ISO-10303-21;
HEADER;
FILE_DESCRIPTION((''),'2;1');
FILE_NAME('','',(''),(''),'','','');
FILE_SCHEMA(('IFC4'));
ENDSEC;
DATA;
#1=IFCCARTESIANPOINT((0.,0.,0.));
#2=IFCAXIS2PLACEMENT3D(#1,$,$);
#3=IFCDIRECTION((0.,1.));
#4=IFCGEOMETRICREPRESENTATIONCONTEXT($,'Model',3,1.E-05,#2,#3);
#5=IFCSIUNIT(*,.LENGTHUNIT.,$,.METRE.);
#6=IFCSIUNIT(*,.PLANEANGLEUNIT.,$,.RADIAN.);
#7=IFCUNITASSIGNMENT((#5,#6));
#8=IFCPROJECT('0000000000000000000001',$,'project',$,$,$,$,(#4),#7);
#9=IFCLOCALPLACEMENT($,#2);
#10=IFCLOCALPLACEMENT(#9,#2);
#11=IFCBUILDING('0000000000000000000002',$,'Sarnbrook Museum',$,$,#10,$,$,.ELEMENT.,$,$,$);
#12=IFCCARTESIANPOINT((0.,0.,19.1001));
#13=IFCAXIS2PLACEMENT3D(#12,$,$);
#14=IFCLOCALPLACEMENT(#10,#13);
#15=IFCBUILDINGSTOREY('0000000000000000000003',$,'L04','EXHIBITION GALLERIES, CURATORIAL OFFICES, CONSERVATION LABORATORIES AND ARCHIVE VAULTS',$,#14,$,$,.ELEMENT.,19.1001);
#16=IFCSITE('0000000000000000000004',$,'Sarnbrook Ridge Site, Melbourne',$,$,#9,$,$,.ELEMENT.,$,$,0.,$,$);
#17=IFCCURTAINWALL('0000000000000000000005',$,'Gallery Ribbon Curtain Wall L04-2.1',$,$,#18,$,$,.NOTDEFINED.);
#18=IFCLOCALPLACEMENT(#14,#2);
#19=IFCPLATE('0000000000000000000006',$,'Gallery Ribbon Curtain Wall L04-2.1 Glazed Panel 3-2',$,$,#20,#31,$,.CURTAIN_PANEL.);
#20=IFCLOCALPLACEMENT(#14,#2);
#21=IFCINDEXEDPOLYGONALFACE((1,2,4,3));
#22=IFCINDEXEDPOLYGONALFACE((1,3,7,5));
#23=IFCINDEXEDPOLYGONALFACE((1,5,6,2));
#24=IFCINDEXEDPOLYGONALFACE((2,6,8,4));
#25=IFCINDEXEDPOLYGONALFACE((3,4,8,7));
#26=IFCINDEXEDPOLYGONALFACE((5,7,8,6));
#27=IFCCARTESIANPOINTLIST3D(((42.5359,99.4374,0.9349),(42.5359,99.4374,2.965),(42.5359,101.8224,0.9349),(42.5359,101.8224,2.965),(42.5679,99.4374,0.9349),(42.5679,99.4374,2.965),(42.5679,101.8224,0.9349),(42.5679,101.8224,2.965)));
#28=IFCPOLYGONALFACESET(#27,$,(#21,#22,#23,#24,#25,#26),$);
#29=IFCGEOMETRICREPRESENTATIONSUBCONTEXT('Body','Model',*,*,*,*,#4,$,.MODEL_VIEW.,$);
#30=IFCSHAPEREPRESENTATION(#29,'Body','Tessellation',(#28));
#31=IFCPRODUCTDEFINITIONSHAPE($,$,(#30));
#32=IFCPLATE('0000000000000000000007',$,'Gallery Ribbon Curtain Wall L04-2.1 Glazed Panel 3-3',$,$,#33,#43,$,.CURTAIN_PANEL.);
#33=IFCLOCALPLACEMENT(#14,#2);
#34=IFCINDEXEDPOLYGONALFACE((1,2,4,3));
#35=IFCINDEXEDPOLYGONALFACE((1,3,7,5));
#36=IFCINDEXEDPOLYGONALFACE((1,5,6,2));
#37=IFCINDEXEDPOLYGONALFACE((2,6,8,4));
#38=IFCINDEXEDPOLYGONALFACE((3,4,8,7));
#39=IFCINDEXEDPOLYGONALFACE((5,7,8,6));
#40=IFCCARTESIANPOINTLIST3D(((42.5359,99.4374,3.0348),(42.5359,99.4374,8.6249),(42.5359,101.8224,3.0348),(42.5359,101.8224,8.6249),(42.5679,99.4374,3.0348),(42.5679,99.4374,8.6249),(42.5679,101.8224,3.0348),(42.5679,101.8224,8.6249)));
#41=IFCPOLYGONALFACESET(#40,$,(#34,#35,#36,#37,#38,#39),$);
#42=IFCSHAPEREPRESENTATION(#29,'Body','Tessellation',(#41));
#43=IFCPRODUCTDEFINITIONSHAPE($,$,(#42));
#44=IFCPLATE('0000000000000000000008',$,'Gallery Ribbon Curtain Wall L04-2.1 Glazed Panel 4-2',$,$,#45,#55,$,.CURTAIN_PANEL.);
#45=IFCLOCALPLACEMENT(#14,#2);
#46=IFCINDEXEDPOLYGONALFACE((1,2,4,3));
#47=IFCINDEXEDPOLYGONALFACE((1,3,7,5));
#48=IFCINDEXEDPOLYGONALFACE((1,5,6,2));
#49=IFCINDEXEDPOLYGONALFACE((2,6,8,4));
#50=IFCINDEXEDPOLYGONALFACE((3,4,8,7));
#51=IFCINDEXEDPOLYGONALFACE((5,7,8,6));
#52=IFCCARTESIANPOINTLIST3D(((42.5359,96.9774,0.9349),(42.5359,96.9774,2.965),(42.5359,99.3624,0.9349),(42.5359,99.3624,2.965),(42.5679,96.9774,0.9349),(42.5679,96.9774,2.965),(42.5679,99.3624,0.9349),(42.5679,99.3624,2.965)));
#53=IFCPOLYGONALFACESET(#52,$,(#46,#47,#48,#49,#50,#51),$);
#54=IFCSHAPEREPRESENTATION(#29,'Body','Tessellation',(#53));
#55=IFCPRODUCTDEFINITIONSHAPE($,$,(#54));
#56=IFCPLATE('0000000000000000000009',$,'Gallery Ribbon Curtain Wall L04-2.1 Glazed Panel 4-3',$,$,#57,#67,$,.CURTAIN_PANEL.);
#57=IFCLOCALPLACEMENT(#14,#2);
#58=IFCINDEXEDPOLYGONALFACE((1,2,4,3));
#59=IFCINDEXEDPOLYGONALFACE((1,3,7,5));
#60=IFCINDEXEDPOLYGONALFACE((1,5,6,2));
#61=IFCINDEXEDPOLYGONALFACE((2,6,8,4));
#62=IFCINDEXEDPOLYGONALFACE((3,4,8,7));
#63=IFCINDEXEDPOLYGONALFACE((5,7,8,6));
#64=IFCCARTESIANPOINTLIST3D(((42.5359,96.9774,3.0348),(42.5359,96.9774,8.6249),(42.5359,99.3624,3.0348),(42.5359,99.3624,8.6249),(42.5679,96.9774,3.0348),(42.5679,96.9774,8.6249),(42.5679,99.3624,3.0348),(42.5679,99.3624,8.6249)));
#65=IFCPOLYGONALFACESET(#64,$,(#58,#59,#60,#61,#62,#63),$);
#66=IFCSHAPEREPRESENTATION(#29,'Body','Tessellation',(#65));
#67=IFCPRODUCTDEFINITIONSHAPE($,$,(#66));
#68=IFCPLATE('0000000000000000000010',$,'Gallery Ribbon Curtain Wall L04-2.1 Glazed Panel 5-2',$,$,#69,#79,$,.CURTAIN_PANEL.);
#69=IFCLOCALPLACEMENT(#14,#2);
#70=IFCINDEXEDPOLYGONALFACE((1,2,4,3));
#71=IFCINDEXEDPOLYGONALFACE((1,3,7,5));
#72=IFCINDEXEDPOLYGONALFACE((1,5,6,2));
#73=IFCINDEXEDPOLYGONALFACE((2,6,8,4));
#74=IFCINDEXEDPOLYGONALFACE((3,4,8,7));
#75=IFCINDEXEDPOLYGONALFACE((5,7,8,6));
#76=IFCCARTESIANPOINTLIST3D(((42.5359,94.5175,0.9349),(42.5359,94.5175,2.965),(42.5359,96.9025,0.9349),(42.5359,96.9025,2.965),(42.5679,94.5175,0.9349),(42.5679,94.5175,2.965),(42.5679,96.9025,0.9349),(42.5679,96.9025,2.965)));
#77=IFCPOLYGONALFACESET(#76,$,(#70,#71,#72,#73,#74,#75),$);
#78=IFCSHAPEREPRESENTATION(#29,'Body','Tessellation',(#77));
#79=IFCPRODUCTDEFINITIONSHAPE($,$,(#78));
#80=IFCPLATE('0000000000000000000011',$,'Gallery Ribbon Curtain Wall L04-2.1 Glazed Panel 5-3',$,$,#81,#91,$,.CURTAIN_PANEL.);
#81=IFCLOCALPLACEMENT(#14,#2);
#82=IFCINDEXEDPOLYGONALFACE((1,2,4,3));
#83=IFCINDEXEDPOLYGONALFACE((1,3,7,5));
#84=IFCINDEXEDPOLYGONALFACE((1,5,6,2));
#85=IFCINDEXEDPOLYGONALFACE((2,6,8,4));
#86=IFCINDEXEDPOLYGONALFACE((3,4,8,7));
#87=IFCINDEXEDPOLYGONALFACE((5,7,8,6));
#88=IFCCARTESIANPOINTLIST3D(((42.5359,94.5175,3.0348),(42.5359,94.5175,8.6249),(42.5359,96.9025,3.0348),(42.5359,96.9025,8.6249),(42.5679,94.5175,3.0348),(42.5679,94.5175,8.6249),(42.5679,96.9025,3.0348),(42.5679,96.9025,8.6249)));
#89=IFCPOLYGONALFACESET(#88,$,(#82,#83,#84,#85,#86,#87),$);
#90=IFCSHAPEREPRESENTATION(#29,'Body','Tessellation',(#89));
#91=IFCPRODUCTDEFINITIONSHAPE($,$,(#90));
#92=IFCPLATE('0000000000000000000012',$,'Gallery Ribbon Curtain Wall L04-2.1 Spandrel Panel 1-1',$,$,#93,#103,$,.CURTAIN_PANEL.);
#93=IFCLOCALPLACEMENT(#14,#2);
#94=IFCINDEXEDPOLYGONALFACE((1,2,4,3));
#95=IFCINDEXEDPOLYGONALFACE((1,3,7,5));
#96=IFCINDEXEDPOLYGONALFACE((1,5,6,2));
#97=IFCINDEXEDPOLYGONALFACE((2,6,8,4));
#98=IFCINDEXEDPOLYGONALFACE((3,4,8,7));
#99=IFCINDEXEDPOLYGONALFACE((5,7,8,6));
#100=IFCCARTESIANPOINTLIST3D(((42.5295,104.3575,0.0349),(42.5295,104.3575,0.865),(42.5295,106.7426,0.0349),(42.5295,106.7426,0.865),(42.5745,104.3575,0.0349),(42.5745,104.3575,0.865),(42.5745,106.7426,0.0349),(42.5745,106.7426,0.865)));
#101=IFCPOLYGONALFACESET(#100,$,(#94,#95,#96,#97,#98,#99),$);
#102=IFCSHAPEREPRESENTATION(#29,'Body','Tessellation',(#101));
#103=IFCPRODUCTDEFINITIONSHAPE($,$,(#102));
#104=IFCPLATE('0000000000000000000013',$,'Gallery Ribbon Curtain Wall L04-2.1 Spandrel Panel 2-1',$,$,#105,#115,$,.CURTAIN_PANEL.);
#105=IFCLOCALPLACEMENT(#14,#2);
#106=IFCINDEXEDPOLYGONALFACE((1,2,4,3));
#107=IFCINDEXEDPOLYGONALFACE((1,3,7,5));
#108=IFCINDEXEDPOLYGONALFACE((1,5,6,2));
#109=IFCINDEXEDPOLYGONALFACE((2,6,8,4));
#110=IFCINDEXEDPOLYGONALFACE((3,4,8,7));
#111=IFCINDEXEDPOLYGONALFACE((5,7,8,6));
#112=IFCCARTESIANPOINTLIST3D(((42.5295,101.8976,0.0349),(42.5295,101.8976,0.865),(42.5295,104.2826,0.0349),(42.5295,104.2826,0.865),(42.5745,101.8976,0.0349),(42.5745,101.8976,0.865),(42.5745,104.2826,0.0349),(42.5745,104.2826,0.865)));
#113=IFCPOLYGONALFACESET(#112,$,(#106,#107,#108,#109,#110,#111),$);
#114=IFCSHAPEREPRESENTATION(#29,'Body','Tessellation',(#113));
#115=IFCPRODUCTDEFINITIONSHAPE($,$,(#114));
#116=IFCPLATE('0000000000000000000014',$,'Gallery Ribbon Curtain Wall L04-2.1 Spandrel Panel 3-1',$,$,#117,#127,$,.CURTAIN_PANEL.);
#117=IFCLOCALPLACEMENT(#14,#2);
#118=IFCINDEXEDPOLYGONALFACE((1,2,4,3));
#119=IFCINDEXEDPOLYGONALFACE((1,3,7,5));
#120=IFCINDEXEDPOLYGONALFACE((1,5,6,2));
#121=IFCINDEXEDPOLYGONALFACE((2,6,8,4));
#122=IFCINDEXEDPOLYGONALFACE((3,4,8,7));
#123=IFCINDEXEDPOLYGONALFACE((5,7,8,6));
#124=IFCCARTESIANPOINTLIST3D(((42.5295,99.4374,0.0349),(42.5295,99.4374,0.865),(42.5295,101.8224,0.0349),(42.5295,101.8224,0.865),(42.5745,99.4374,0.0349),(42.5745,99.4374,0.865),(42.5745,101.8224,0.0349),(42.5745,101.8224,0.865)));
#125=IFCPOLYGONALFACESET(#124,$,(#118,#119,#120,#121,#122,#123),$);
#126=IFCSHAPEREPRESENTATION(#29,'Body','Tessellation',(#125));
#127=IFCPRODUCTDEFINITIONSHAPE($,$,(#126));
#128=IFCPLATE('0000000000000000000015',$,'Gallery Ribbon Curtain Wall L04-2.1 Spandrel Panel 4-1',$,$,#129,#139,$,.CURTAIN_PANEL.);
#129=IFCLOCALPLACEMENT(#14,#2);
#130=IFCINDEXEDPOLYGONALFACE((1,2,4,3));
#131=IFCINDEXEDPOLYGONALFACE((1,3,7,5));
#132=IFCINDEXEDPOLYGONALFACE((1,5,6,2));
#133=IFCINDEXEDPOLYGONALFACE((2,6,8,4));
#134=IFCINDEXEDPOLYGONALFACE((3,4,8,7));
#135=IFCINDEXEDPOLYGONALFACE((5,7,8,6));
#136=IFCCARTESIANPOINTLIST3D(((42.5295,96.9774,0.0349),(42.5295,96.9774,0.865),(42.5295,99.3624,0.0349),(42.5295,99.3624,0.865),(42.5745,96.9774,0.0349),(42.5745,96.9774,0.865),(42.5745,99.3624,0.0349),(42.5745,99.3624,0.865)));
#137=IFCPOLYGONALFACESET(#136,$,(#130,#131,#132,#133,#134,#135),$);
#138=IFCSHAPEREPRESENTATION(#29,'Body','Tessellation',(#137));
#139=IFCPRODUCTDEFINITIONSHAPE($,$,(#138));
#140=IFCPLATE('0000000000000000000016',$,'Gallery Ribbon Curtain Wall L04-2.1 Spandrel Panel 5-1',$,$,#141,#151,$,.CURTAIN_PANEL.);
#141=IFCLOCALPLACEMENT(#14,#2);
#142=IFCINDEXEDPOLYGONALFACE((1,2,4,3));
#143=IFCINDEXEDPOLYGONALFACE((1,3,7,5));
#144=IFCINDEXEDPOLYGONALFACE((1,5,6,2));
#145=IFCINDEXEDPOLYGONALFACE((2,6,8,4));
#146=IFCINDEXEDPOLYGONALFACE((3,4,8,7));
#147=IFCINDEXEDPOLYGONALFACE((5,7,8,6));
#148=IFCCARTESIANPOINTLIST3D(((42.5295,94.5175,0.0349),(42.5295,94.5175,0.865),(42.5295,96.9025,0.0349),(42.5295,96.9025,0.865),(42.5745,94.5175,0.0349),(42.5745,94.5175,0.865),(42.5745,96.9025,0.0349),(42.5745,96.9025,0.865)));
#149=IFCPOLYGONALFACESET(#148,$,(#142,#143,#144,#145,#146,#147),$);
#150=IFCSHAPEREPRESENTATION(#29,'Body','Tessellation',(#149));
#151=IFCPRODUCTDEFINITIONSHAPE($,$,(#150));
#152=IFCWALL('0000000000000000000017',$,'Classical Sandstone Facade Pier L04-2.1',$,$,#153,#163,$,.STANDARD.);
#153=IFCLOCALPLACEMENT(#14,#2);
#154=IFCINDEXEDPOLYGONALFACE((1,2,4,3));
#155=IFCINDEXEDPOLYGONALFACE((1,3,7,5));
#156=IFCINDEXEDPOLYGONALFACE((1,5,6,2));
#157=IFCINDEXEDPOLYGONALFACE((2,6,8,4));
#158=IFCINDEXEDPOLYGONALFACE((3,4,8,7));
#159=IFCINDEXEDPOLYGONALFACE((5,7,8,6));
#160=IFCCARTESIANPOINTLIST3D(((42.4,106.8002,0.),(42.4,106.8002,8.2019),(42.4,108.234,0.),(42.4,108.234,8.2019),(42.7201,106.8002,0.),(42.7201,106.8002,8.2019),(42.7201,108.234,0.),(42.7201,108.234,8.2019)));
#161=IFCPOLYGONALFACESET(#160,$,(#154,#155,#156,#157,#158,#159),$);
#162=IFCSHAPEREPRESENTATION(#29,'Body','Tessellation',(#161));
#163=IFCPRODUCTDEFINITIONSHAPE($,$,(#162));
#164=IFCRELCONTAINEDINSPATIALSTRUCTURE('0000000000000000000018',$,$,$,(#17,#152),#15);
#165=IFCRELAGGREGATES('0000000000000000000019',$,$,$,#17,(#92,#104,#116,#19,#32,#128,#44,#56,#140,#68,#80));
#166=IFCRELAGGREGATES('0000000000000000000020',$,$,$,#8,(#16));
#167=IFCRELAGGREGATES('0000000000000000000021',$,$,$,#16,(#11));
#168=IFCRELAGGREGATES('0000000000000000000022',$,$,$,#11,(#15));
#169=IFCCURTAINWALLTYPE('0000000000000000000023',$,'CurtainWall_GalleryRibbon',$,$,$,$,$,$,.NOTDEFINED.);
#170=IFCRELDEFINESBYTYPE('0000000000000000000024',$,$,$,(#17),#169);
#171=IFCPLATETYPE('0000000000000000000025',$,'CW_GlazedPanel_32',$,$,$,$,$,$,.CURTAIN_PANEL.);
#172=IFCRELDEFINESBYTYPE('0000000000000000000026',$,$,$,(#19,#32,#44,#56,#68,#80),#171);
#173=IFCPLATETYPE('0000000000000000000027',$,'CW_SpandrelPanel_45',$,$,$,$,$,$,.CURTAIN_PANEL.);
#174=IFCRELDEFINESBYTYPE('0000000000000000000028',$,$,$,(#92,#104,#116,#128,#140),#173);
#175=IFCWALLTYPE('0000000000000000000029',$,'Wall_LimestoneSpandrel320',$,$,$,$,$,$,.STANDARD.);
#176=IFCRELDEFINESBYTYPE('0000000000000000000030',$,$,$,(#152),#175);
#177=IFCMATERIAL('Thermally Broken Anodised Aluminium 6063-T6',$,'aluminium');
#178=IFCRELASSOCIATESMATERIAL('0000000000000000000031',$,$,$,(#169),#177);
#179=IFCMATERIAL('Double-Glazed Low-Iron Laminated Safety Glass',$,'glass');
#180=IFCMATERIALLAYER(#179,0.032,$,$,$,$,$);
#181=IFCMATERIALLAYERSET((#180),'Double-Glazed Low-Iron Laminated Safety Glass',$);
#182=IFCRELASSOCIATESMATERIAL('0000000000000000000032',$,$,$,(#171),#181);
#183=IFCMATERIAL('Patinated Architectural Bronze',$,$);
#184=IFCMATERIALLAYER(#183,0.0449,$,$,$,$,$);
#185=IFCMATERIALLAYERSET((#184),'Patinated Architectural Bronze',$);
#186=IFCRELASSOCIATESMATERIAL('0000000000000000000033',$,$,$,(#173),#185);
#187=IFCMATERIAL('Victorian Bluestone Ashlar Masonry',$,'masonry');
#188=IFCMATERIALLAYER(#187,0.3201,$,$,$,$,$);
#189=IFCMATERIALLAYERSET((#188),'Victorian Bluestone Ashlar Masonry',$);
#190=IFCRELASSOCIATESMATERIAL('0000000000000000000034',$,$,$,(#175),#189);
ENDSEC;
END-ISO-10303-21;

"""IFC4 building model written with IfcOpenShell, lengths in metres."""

from ifc_helpers import new_model, si_unit, direction, frame, frame_2d, origin, origin_2d, place, context, subcontext, project, spatial, rectangle, extrude, material, layer, layer_set, type_object, element, aggregate, save


model = new_model("IFC4")

# Units and contexts
model_context = context("Model", 3, precision=1e-05, world=origin(), true_north=direction((0.0, 1.0)))
body_context = subcontext(model_context, "Body", "Model", "MODEL_VIEW")
ifc_project = project(units=[si_unit("LENGTHUNIT", "METRE"), si_unit("PLANEANGLEUNIT", "RADIAN")], contexts=[model_context])

# Site, building, storey
site_placement = place(None, origin())
site = spatial("IfcSite", under=ifc_project, at=site_placement, Name="Sarnbrook Ridge Site, Melbourne", CompositionType="ELEMENT", RefElevation=0.0)
building_placement = place(site_placement, origin())
building = spatial("IfcBuilding", under=site, at=building_placement, Name="Sarnbrook Museum", CompositionType="ELEMENT")
storey_placement = place(building_placement, frame((0.0, 0.0, 19.1001)))
storey = spatial("IfcBuildingStorey", under=building, at=storey_placement, Name="L04", Description="EXHIBITION GALLERIES, CURATORIAL OFFICES, CONSERVATION LABORATORIES AND ARCHIVE VAULTS", CompositionType="ELEMENT", Elevation=19.1001)

# Curtain wall
ifc_material_1 = material(Name="Thermally Broken Anodised Aluminium 6063-T6", Category="aluminium")
curtain_wall_type = type_object("IfcCurtainWallType", Name="CurtainWall_GalleryRibbon", PredefinedType="NOTDEFINED", material=ifc_material_1)
curtain_wall_placement = place(storey_placement, origin())
curtain_wall = element("IfcCurtainWall", 1, at=curtain_wall_placement, inside=storey, type_object=curtain_wall_type, Name="Gallery Ribbon Curtain Wall L04-2.1", PredefinedType="NOTDEFINED")

# Plates
ifc_material_2 = material(Name="Double-Glazed Low-Iron Laminated Safety Glass", Category="glass")
ifc_layer_1 = layer(ifc_material_2, 0.032)
ifc_layer_set_1 = layer_set([ifc_layer_1], Name="Double-Glazed Low-Iron Laminated Safety Glass")
plate_type_1 = type_object("IfcPlateType", Name="CW_GlazedPanel_32", PredefinedType="CURTAIN_PANEL", material=ifc_layer_set_1)
plate_1_placement = place(storey_placement, frame((42.5679, 100.6299, 1.95), z_axis=(-1.0, 0.0, 0.0), x_axis=(0.0, -1.0, 0.0)))
plate_1 = element("IfcPlate", 2, at=plate_1_placement, type_object=plate_type_1, Name="Gallery Ribbon Curtain Wall L04-2.1 Glazed Panel 3-2", PredefinedType="CURTAIN_PANEL", context=body_context, shape_type="SweptSolid", body=[
    extrude(rectangle(XDim=2.385, YDim=2.03, at=origin_2d()), origin(), (0.0, 0.0, 1.0), 0.032),
])
plate_2_placement = place(storey_placement, frame((42.5679, 100.6299, 5.8298), z_axis=(-1.0, 0.0, 0.0), x_axis=(0.0, -1.0, 0.0)))
plate_2 = element("IfcPlate", 3, at=plate_2_placement, type_object=plate_type_1, Name="Gallery Ribbon Curtain Wall L04-2.1 Glazed Panel 3-3", PredefinedType="CURTAIN_PANEL", context=body_context, shape_type="SweptSolid", body=[
    extrude(rectangle(XDim=2.385, YDim=5.5901, at=origin_2d()), origin(), (0.0, 0.0, 1.0), 0.032),
])
plate_3_placement = place(storey_placement, frame((42.5679, 98.1699, 1.95), z_axis=(-1.0, 0.0, 0.0), x_axis=(0.0, -1.0, 0.0)))
plate_3 = element("IfcPlate", 4, at=plate_3_placement, type_object=plate_type_1, Name="Gallery Ribbon Curtain Wall L04-2.1 Glazed Panel 4-2", PredefinedType="CURTAIN_PANEL", context=body_context, shape_type="SweptSolid", body=[
    extrude(rectangle(XDim=2.385, YDim=2.03, at=origin_2d()), origin(), (0.0, 0.0, 1.0), 0.032),
])
plate_4_placement = place(storey_placement, frame((42.5679, 98.1699, 5.8298), z_axis=(-1.0, 0.0, 0.0), x_axis=(0.0, -1.0, 0.0)))
plate_4 = element("IfcPlate", 5, at=plate_4_placement, type_object=plate_type_1, Name="Gallery Ribbon Curtain Wall L04-2.1 Glazed Panel 4-3", PredefinedType="CURTAIN_PANEL", context=body_context, shape_type="SweptSolid", body=[
    extrude(rectangle(XDim=2.385, YDim=5.5901, at=origin_2d()), origin(), (0.0, 0.0, 1.0), 0.032),
])
plate_5_placement = place(storey_placement, frame((42.5679, 95.71, 1.95), z_axis=(-1.0, 0.0, 0.0), x_axis=(0.0, -1.0, 0.0)))
plate_5 = element("IfcPlate", 6, at=plate_5_placement, type_object=plate_type_1, Name="Gallery Ribbon Curtain Wall L04-2.1 Glazed Panel 5-2", PredefinedType="CURTAIN_PANEL", context=body_context, shape_type="SweptSolid", body=[
    extrude(rectangle(XDim=2.385, YDim=2.03, at=origin_2d()), origin(), (0.0, 0.0, 1.0), 0.032),
])
plate_6_placement = place(storey_placement, frame((42.5679, 95.71, 5.8298), z_axis=(-1.0, 0.0, 0.0), x_axis=(0.0, -1.0, 0.0)))
plate_6 = element("IfcPlate", 7, at=plate_6_placement, type_object=plate_type_1, Name="Gallery Ribbon Curtain Wall L04-2.1 Glazed Panel 5-3", PredefinedType="CURTAIN_PANEL", context=body_context, shape_type="SweptSolid", body=[
    extrude(rectangle(XDim=2.385, YDim=5.5901, at=origin_2d()), origin(), (0.0, 0.0, 1.0), 0.032),
])
ifc_material_3 = material(Name="Patinated Architectural Bronze")
ifc_layer_2 = layer(ifc_material_3, 0.0449)
ifc_layer_set_2 = layer_set([ifc_layer_2], Name="Patinated Architectural Bronze")
plate_type_2 = type_object("IfcPlateType", Name="CW_SpandrelPanel_45", PredefinedType="CURTAIN_PANEL", material=ifc_layer_set_2)
plate_7_placement = place(storey_placement, frame((42.5745, 105.55, 0.45), z_axis=(-1.0, 0.0, 0.0), x_axis=(0.0, -1.0, 0.0)))
plate_7 = element("IfcPlate", 8, at=plate_7_placement, type_object=plate_type_2, Name="Gallery Ribbon Curtain Wall L04-2.1 Spandrel Panel 1-1", PredefinedType="CURTAIN_PANEL", context=body_context, shape_type="SweptSolid", body=[
    extrude(rectangle(XDim=2.385, YDim=0.8301, at=origin_2d()), origin(), (0.0, 0.0, 1.0), 0.0449),
])
plate_8_placement = place(storey_placement, frame((42.5745, 103.0901, 0.45), z_axis=(-1.0, 0.0, 0.0), x_axis=(0.0, -1.0, 0.0)))
plate_8 = element("IfcPlate", 9, at=plate_8_placement, type_object=plate_type_2, Name="Gallery Ribbon Curtain Wall L04-2.1 Spandrel Panel 2-1", PredefinedType="CURTAIN_PANEL", context=body_context, shape_type="SweptSolid", body=[
    extrude(rectangle(XDim=2.385, YDim=0.8301, at=origin_2d()), origin(), (0.0, 0.0, 1.0), 0.0449),
])
plate_9_placement = place(storey_placement, frame((42.5745, 100.6299, 0.45), z_axis=(-1.0, 0.0, 0.0), x_axis=(0.0, -1.0, 0.0)))
plate_9 = element("IfcPlate", 10, at=plate_9_placement, type_object=plate_type_2, Name="Gallery Ribbon Curtain Wall L04-2.1 Spandrel Panel 3-1", PredefinedType="CURTAIN_PANEL", context=body_context, shape_type="SweptSolid", body=[
    extrude(rectangle(XDim=2.385, YDim=0.8301, at=origin_2d()), origin(), (0.0, 0.0, 1.0), 0.0449),
])
plate_10_placement = place(storey_placement, frame((42.5745, 98.1699, 0.45), z_axis=(-1.0, 0.0, 0.0), x_axis=(0.0, -1.0, 0.0)))
plate_10 = element("IfcPlate", 11, at=plate_10_placement, type_object=plate_type_2, Name="Gallery Ribbon Curtain Wall L04-2.1 Spandrel Panel 4-1", PredefinedType="CURTAIN_PANEL", context=body_context, shape_type="SweptSolid", body=[
    extrude(rectangle(XDim=2.385, YDim=0.8301, at=origin_2d()), origin(), (0.0, 0.0, 1.0), 0.0449),
])
plate_11_placement = place(storey_placement, frame((42.5745, 95.71, 0.45), z_axis=(-1.0, 0.0, 0.0), x_axis=(0.0, -1.0, 0.0)))
plate_11 = element("IfcPlate", 12, at=plate_11_placement, type_object=plate_type_2, Name="Gallery Ribbon Curtain Wall L04-2.1 Spandrel Panel 5-1", PredefinedType="CURTAIN_PANEL", context=body_context, shape_type="SweptSolid", body=[
    extrude(rectangle(XDim=2.385, YDim=0.8301, at=origin_2d()), origin(), (0.0, 0.0, 1.0), 0.0449),
])
aggregate(curtain_wall, [plate_7, plate_8, plate_9, plate_1, plate_2, plate_10, plate_3, plate_4, plate_11, plate_5, plate_6])

# Wall
ifc_material_4 = material(Name="Victorian Bluestone Ashlar Masonry", Category="masonry")
ifc_layer_3 = layer(ifc_material_4, 0.3201)
ifc_layer_set_3 = layer_set([ifc_layer_3], Name="Victorian Bluestone Ashlar Masonry")
wall_type = type_object("IfcWallType", Name="Wall_LimestoneSpandrel320", PredefinedType="STANDARD", material=ifc_layer_set_3)
wall_placement = place(storey_placement, frame((42.5601, 108.2339, 0.0), z_axis=(0.0, 0.0, 1.0), x_axis=(0.0, -1.0, 0.0)))
element("IfcWall", 13, at=wall_placement, inside=storey, type_object=wall_type, Name="Classical Sandstone Facade Pier L04-2.1", PredefinedType="STANDARD", context=body_context, shape_type="SweptSolid", body=[
    extrude(rectangle(XDim=1.4338, YDim=0.3201, at=frame_2d((0.7168, 0.0))), origin(), (0.0, 0.0, 1.0), 8.2019),
])

save(model, "model.ifc")
